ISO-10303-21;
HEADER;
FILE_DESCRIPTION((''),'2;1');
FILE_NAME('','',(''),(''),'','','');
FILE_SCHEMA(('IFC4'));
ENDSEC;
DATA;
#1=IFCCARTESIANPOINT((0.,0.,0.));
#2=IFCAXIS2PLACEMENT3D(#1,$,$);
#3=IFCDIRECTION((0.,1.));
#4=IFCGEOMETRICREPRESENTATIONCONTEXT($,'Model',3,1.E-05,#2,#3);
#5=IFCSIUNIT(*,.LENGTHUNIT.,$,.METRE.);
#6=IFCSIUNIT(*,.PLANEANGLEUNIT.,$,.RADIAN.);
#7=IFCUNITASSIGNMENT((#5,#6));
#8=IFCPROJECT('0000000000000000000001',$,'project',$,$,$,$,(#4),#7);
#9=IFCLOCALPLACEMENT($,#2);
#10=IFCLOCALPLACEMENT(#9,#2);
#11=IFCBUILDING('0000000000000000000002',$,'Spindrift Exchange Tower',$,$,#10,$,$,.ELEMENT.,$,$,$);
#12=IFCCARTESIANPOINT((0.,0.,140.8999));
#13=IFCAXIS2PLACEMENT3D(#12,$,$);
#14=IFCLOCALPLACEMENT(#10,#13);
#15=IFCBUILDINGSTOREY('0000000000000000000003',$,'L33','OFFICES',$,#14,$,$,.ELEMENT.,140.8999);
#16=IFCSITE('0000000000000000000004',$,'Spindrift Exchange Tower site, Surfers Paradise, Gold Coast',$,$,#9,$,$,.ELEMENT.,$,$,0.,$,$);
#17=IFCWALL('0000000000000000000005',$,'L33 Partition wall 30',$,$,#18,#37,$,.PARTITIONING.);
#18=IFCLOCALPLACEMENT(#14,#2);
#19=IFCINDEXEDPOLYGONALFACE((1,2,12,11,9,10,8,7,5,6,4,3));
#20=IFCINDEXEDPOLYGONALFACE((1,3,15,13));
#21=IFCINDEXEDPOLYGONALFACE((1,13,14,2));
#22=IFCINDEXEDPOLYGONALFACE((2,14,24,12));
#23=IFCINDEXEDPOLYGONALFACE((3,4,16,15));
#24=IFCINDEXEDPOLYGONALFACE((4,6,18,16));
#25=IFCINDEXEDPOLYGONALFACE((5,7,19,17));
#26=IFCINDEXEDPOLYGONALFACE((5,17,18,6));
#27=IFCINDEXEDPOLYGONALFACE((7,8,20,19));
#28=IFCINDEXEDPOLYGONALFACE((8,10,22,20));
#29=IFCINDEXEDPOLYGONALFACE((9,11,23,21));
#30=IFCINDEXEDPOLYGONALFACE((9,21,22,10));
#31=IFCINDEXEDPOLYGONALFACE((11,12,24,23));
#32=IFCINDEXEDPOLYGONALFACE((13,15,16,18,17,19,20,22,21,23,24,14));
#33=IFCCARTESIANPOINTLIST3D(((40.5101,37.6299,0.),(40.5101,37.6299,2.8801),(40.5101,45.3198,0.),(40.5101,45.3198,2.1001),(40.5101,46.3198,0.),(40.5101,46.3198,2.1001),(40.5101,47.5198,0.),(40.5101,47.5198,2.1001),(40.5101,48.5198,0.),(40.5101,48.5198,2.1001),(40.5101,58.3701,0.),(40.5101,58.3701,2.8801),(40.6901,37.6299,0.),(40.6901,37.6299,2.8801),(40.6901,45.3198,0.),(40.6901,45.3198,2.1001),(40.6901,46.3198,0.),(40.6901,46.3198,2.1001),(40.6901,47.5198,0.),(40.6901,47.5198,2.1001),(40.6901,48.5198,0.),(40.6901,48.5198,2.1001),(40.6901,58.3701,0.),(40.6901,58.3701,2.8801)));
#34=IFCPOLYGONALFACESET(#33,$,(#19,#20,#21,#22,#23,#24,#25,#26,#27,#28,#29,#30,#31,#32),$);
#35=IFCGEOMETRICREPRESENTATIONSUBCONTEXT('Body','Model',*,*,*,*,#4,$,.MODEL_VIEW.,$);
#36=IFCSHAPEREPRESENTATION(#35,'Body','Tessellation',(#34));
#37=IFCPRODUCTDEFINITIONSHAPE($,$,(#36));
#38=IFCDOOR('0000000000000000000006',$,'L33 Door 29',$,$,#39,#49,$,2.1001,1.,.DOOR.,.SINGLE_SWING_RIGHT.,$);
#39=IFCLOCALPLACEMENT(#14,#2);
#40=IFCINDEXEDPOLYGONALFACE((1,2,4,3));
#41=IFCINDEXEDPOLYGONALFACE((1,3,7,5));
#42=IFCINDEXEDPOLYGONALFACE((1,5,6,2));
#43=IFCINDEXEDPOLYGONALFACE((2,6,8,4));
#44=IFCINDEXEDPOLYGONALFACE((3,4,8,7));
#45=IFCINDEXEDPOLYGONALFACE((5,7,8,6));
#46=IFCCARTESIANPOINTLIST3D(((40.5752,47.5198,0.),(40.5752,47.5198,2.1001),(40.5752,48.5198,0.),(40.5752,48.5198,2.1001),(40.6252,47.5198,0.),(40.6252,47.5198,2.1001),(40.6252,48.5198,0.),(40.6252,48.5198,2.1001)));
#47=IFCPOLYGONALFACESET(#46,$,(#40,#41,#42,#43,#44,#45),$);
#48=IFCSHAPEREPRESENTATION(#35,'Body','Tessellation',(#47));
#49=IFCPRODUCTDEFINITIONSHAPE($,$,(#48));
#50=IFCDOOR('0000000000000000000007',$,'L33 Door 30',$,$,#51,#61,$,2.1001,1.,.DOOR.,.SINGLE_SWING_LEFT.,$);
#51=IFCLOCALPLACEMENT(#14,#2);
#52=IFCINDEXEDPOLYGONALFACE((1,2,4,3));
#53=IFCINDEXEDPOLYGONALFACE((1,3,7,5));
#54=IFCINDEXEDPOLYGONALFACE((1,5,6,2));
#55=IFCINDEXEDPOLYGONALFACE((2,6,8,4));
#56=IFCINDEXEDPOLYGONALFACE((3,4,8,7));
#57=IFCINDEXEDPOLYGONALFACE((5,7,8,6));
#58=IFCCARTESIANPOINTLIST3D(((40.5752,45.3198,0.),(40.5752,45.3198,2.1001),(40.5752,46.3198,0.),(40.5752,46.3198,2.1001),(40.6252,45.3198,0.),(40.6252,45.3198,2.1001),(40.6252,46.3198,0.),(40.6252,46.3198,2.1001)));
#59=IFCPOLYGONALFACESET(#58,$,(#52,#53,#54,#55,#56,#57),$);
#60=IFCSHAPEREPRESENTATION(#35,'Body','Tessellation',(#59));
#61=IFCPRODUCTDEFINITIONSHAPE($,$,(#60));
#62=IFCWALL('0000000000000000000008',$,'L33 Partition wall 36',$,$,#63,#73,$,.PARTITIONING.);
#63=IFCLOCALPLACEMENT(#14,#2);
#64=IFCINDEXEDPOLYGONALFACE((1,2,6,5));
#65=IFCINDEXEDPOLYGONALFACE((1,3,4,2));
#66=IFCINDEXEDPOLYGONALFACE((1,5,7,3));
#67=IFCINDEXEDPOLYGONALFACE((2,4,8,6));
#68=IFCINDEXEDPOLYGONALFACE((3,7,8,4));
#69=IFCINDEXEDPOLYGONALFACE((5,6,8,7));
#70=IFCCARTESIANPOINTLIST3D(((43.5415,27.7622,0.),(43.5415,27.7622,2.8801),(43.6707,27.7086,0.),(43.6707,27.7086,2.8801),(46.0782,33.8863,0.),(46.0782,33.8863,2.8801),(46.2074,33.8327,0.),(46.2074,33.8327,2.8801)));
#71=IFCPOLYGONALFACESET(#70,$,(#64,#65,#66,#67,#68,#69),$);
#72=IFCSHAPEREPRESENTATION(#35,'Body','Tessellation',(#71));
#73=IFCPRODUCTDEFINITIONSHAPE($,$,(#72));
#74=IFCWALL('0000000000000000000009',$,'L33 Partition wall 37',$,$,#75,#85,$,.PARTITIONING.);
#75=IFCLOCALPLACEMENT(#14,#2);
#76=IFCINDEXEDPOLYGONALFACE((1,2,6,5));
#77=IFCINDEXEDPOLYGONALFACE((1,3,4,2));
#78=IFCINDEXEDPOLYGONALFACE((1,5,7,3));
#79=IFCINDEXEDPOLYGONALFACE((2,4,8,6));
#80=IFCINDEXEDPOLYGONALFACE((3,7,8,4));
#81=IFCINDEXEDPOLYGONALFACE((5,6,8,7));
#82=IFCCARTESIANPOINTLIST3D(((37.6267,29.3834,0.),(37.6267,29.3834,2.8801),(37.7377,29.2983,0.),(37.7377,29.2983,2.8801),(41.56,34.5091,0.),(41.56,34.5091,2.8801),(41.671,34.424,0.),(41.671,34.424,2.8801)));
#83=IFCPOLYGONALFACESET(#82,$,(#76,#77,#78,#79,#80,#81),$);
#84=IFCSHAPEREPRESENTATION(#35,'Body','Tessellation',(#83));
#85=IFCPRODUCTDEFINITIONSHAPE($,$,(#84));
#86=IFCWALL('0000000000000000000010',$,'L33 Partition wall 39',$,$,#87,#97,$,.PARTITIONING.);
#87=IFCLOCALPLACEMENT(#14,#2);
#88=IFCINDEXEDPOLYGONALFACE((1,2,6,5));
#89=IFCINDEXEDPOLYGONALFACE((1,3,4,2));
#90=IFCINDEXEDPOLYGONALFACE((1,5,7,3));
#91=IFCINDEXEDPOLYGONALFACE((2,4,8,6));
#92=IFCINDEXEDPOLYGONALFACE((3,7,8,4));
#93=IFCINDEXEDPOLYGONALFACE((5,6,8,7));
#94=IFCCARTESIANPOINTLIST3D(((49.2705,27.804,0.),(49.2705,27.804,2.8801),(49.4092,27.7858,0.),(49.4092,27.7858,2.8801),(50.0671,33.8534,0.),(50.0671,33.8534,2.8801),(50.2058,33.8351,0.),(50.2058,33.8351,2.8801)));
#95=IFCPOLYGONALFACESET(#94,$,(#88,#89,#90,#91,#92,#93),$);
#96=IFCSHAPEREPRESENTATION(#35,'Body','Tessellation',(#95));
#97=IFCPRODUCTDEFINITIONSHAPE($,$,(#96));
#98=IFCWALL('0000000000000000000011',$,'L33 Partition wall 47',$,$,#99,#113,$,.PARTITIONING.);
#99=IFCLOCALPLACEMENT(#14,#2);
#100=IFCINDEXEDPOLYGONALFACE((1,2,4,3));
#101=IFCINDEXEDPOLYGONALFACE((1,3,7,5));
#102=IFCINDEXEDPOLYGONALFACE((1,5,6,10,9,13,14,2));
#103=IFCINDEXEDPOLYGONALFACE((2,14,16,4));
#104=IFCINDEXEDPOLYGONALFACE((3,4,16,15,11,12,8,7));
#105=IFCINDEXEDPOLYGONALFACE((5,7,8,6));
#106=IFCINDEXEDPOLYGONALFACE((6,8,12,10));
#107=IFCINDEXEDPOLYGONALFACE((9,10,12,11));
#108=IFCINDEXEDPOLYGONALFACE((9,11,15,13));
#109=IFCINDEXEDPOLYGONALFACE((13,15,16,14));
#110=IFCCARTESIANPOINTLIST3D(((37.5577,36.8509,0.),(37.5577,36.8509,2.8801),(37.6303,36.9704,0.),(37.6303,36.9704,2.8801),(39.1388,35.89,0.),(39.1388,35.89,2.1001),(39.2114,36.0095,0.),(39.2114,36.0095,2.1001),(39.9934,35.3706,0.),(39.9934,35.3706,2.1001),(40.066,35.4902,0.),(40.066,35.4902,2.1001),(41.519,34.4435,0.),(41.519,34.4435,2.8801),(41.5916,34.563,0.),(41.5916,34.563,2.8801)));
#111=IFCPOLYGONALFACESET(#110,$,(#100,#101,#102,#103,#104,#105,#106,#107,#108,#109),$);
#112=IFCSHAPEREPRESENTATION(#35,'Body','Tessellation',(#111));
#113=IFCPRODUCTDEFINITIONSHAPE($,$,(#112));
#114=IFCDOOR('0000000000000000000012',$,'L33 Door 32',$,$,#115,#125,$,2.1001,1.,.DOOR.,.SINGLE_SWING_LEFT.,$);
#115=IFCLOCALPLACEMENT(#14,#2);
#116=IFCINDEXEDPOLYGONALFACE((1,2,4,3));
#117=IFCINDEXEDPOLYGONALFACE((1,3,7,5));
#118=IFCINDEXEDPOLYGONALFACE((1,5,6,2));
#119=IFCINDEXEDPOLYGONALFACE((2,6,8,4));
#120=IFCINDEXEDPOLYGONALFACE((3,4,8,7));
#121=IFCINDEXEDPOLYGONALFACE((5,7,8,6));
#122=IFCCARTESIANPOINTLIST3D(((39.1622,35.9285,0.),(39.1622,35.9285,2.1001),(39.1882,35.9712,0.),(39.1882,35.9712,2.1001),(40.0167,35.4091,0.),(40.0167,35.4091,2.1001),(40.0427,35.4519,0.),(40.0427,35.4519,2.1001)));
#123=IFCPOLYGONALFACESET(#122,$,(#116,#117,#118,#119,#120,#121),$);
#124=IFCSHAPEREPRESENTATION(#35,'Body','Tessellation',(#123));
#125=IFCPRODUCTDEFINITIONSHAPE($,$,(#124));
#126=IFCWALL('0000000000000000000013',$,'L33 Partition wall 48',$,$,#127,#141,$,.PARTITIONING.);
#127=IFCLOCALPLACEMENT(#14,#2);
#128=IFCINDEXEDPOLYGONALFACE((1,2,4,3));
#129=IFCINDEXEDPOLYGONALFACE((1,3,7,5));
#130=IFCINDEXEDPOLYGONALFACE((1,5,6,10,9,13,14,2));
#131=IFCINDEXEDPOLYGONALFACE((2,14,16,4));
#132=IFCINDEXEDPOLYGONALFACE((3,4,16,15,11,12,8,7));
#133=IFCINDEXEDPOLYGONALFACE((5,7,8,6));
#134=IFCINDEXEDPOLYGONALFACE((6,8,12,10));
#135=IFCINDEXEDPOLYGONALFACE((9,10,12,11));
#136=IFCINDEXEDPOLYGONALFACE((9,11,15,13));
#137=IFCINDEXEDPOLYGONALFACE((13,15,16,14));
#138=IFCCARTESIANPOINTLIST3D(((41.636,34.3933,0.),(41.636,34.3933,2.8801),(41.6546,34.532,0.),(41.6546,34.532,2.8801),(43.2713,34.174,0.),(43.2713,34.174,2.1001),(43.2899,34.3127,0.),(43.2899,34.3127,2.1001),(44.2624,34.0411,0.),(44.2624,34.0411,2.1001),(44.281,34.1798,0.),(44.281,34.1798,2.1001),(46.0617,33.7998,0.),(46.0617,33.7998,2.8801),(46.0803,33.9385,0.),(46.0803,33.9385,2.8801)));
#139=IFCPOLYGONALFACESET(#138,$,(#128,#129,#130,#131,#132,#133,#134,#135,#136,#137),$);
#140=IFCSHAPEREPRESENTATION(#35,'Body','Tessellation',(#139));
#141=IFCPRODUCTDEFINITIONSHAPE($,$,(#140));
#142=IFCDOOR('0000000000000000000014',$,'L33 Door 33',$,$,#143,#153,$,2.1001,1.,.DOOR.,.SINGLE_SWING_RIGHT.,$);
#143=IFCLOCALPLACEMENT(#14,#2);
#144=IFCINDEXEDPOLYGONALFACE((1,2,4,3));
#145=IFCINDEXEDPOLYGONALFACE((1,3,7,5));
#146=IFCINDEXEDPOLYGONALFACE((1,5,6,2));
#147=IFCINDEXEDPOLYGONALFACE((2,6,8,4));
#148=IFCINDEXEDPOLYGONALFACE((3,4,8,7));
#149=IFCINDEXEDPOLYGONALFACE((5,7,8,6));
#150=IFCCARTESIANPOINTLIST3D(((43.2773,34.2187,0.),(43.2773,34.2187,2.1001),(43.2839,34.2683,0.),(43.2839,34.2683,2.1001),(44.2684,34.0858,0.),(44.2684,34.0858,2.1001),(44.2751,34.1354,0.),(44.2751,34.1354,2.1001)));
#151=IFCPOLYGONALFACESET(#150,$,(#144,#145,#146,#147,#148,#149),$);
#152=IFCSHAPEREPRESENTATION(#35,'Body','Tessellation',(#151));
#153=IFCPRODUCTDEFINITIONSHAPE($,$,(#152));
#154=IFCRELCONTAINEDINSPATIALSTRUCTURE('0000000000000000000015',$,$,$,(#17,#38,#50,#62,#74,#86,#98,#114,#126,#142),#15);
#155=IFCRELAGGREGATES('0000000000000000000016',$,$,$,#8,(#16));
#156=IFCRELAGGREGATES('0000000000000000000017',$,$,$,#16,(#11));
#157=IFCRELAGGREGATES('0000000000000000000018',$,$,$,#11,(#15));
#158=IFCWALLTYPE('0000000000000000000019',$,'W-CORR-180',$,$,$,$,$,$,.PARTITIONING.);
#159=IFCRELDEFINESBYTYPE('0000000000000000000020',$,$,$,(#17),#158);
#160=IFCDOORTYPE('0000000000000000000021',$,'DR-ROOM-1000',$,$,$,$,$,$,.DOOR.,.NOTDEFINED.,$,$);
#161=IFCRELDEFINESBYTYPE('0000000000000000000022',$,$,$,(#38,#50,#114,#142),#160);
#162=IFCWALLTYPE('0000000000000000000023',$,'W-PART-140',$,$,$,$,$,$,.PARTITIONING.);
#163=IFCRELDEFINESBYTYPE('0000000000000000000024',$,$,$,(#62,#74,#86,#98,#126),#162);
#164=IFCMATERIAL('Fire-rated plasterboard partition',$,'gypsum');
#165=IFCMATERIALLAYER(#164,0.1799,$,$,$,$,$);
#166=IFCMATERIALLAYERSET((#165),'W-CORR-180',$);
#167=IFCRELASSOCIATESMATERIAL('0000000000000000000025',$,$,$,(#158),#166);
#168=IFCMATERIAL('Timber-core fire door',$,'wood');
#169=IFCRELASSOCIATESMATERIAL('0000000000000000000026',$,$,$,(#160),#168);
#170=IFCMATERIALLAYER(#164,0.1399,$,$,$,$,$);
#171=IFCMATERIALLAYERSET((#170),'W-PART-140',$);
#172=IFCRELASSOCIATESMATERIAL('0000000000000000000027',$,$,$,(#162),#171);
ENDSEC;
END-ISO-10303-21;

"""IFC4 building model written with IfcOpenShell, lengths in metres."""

from ifc_helpers import new_model, si_unit, direction, frame, frame_2d, origin, place, context, subcontext, project, spatial, rectangle, extrude, source, transform, mapped, material, layer, layer_set, type_object, element, fill, save


model = new_model("IFC4")

# Units and contexts
model_context = context("Model", 3, precision=1e-05, world=origin(), true_north=direction((0.0, 1.0)))
body_context = subcontext(model_context, "Body", "Model", "MODEL_VIEW")
ifc_project = project(units=[si_unit("LENGTHUNIT", "METRE"), si_unit("PLANEANGLEUNIT", "RADIAN")], contexts=[model_context])

# Site, building, storey
site_placement = place(None, origin())
site = spatial("IfcSite", under=ifc_project, at=site_placement, Name="Spindrift Exchange Tower site, Surfers Paradise, Gold Coast", CompositionType="ELEMENT", RefElevation=0.0)
building_placement = place(site_placement, origin())
building = spatial("IfcBuilding", under=site, at=building_placement, Name="Spindrift Exchange Tower", CompositionType="ELEMENT")
storey_placement = place(building_placement, frame((0.0, 0.0, 140.8999)))
storey = spatial("IfcBuildingStorey", under=building, at=storey_placement, Name="L33", Description="OFFICES", CompositionType="ELEMENT", Elevation=140.8999)

# Wall, openings, doors
ifc_material_1 = material(Name="Timber-core fire door", Category="wood")
ifc_material_2 = material(Name="Fire-rated plasterboard partition", Category="gypsum")
ifc_layer_1 = layer(ifc_material_2, 0.1799)
ifc_layer_set_1 = layer_set([ifc_layer_1], Name="W-CORR-180")
wall_type_1 = type_object("IfcWallType", Name="W-CORR-180", PredefinedType="PARTITIONING", material=ifc_layer_set_1)
wall_1_placement = place(storey_placement, frame((40.6001, 37.6299, 0.0), z_axis=(0.0, 0.0, 1.0), x_axis=(0.0, 1.0, 0.0)))
wall_1 = element("IfcWall", 1, at=wall_1_placement, inside=storey, type_object=wall_type_1, Name="L33 Partition wall 30", PredefinedType="PARTITIONING", context=body_context, shape_type="SweptSolid", body=[
    extrude(rectangle(XDim=20.7402, YDim=0.1799, at=frame_2d((10.3701, 0.0))), origin(), (0.0, 0.0, 1.0), 2.8801),
])
opening_1_placement = place(wall_1_placement, frame((9.8899, 0.0, 0.0)))
opening_1 = element("IfcOpeningElement", 2, at=opening_1_placement, cuts=wall_1, PredefinedType="OPENING", context=body_context, shape_type="SweptSolid", body=[
    extrude(rectangle(XDim=1.0, YDim=2.1001, at=frame_2d((0.5, 1.05))), frame((0.0, 0.0999, 0.0), z_axis=(0.0, -1.0, 0.0), x_axis=(1.0, 0.0, 0.0)), (0.0, 0.0, 1.0), 0.2),
])
opening_2_placement = place(wall_1_placement, frame((7.6899, 0.0, 0.0)))
opening_2 = element("IfcOpeningElement", 3, at=opening_2_placement, cuts=wall_1, PredefinedType="OPENING", context=body_context, shape_type="SweptSolid", body=[
    extrude(rectangle(XDim=1.0, YDim=2.1001, at=frame_2d((0.5, 1.05))), frame((0.0, 0.0999, 0.0), z_axis=(0.0, -1.0, 0.0), x_axis=(1.0, 0.0, 0.0)), (0.0, 0.0, 1.0), 0.2),
])
door_type_1 = type_object("IfcDoorType", Name="DR-ROOM-1000", OperationType="NOTDEFINED", PredefinedType="DOOR", material=ifc_material_1)
shared_shape_1 = source(origin(), body_context, "Body", "SweptSolid", [
    extrude(rectangle(XDim=1.0, YDim=2.1001, at=frame_2d((0.5, 1.05))), frame((0.0, 0.0249, 0.0), z_axis=(0.0, -1.0, 0.0), x_axis=(1.0, 0.0, 0.0)), (0.0, 0.0, 1.0), 0.05),
])
door_1_placement = place(opening_1_placement, origin())
door_1 = element("IfcDoor", 4, at=door_1_placement, inside=storey, type_object=door_type_1, Name="L33 Door 29", OperationType="SINGLE_SWING_RIGHT", OverallHeight=2.1001, OverallWidth=1.0, PredefinedType="DOOR", context=body_context, shape_type="MappedRepresentation", body=[
    mapped(shared_shape_1, transform((0.0, 0.0, 0.0), scale=1.0)),
])
fill(opening_1, door_1)
door_2_placement = place(opening_2_placement, origin())
door_2 = element("IfcDoor", 5, at=door_2_placement, inside=storey, type_object=door_type_1, Name="L33 Door 30", OperationType="SINGLE_SWING_LEFT", OverallHeight=2.1001, OverallWidth=1.0, PredefinedType="DOOR", context=body_context, shape_type="MappedRepresentation", body=[
    mapped(shared_shape_1, transform((0.0, 0.0, 0.0), scale=1.0)),
])
fill(opening_2, door_2)

# Walls
ifc_layer_2 = layer(ifc_material_2, 0.1399)
ifc_layer_set_2 = layer_set([ifc_layer_2], Name="W-PART-140")
wall_type_2 = type_object("IfcWallType", Name="W-PART-140", PredefinedType="PARTITIONING", material=ifc_layer_set_2)
wall_2_placement = place(storey_placement, frame((46.1428, 33.8596, 0.0), z_axis=(0.0, 0.0, 1.0), x_axis=(-0.382679, -0.923881, 0.0)))
element("IfcWall", 6, at=wall_2_placement, inside=storey, type_object=wall_type_2, Name="L33 Partition wall 36", PredefinedType="PARTITIONING", context=body_context, shape_type="SweptSolid", body=[
    extrude(rectangle(XDim=6.6287, YDim=0.1399, at=frame_2d((3.3145, 0.0))), origin(), (0.0, 0.0, 1.0), 2.8801),
])
wall_3_placement = place(storey_placement, frame((41.6155, 34.4666, 0.0), z_axis=(0.0, 0.0, 1.0), x_axis=(-0.608784, -0.793336, 0.0)))
element("IfcWall", 7, at=wall_3_placement, inside=storey, type_object=wall_type_2, Name="L33 Partition wall 37", PredefinedType="PARTITIONING", context=body_context, shape_type="SweptSolid", body=[
    extrude(rectangle(XDim=6.4609, YDim=0.1399, at=frame_2d((3.2305, 0.0))), origin(), (0.0, 0.0, 1.0), 2.8801),
])
wall_4_placement = place(storey_placement, frame((50.1365, 33.8442, 0.0), z_axis=(0.0, 0.0, 1.0), x_axis=(-0.130562, -0.99144, 0.0)))
element("IfcWall", 8, at=wall_4_placement, inside=storey, type_object=wall_type_2, Name="L33 Partition wall 39", PredefinedType="PARTITIONING", context=body_context, shape_type="SweptSolid", body=[
    extrude(rectangle(XDim=6.1016, YDim=0.1399, at=frame_2d((3.0508, 0.0))), origin(), (0.0, 0.0, 1.0), 2.8801),
])

# Walls, openings, doors
wall_5_placement = place(storey_placement, frame((41.5554, 34.5032, 0.0), z_axis=(0.0, 0.0, 1.0), x_axis=(-0.854565, 0.519344, 0.0)))
wall_5 = element("IfcWall", 9, at=wall_5_placement, inside=storey, type_object=wall_type_2, Name="L33 Partition wall 47", PredefinedType="PARTITIONING", context=body_context, shape_type="SweptSolid", body=[
    extrude(rectangle(XDim=4.6355, YDim=0.1399, at=frame_2d((2.3179, 0.0))), origin(), (0.0, 0.0, 1.0), 2.8801),
])
opening_3_placement = place(wall_5_placement, frame((1.7854, 0.0, 0.0)))
opening_3 = element("IfcOpeningElement", 10, at=opening_3_placement, cuts=wall_5, PredefinedType="OPENING", context=body_context, shape_type="SweptSolid", body=[
    extrude(rectangle(XDim=1.0, YDim=2.1001, at=frame_2d((0.5, 1.05))), frame((0.0, 0.0798, 0.0), z_axis=(0.0, -1.0, 0.0), x_axis=(1.0, 0.0, 0.0)), (0.0, 0.0, 1.0), 0.1599),
])
door_3_placement = place(opening_3_placement, origin())
door_3 = element("IfcDoor", 11, at=door_3_placement, inside=storey, type_object=door_type_1, Name="L33 Door 32", OperationType="SINGLE_SWING_LEFT", OverallHeight=2.1001, OverallWidth=1.0, PredefinedType="DOOR", context=body_context, shape_type="MappedRepresentation", body=[
    mapped(shared_shape_1, transform((0.0, 0.0, 0.0), scale=1.0)),
])
fill(opening_3, door_3)
wall_6_placement = place(storey_placement, frame((46.071, 33.8691, 0.0), z_axis=(0.0, 0.0, 1.0), x_axis=(-0.991128, 0.132912, 0.0)))
wall_6 = element("IfcWall", 12, at=wall_6_placement, inside=storey, type_object=wall_type_2, Name="L33 Partition wall 48", PredefinedType="PARTITIONING", context=body_context, shape_type="SweptSolid", body=[
    extrude(rectangle(XDim=4.4653, YDim=0.1399, at=frame_2d((2.2327, 0.0))), origin(), (0.0, 0.0, 1.0), 2.8801),
])
opening_4_placement = place(wall_6_placement, frame((1.8154, 0.0, 0.0)))
opening_4 = element("IfcOpeningElement", 13, at=opening_4_placement, cuts=wall_6, PredefinedType="OPENING", context=body_context, shape_type="SweptSolid", body=[
    extrude(rectangle(XDim=1.0, YDim=2.1001, at=frame_2d((0.5, 1.05))), frame((0.0, 0.0798, 0.0), z_axis=(0.0, -1.0, 0.0), x_axis=(1.0, 0.0, 0.0)), (0.0, 0.0, 1.0), 0.1599),
])
door_4_placement = place(opening_4_placement, origin())
door_4 = element("IfcDoor", 14, at=door_4_placement, inside=storey, type_object=door_type_1, Name="L33 Door 33", OperationType="SINGLE_SWING_RIGHT", OverallHeight=2.1001, OverallWidth=1.0, PredefinedType="DOOR", context=body_context, shape_type="MappedRepresentation", body=[
    mapped(shared_shape_1, transform((0.0, 0.0, 0.0), scale=1.0)),
])
fill(opening_4, door_4)

save(model, "model.ifc")
